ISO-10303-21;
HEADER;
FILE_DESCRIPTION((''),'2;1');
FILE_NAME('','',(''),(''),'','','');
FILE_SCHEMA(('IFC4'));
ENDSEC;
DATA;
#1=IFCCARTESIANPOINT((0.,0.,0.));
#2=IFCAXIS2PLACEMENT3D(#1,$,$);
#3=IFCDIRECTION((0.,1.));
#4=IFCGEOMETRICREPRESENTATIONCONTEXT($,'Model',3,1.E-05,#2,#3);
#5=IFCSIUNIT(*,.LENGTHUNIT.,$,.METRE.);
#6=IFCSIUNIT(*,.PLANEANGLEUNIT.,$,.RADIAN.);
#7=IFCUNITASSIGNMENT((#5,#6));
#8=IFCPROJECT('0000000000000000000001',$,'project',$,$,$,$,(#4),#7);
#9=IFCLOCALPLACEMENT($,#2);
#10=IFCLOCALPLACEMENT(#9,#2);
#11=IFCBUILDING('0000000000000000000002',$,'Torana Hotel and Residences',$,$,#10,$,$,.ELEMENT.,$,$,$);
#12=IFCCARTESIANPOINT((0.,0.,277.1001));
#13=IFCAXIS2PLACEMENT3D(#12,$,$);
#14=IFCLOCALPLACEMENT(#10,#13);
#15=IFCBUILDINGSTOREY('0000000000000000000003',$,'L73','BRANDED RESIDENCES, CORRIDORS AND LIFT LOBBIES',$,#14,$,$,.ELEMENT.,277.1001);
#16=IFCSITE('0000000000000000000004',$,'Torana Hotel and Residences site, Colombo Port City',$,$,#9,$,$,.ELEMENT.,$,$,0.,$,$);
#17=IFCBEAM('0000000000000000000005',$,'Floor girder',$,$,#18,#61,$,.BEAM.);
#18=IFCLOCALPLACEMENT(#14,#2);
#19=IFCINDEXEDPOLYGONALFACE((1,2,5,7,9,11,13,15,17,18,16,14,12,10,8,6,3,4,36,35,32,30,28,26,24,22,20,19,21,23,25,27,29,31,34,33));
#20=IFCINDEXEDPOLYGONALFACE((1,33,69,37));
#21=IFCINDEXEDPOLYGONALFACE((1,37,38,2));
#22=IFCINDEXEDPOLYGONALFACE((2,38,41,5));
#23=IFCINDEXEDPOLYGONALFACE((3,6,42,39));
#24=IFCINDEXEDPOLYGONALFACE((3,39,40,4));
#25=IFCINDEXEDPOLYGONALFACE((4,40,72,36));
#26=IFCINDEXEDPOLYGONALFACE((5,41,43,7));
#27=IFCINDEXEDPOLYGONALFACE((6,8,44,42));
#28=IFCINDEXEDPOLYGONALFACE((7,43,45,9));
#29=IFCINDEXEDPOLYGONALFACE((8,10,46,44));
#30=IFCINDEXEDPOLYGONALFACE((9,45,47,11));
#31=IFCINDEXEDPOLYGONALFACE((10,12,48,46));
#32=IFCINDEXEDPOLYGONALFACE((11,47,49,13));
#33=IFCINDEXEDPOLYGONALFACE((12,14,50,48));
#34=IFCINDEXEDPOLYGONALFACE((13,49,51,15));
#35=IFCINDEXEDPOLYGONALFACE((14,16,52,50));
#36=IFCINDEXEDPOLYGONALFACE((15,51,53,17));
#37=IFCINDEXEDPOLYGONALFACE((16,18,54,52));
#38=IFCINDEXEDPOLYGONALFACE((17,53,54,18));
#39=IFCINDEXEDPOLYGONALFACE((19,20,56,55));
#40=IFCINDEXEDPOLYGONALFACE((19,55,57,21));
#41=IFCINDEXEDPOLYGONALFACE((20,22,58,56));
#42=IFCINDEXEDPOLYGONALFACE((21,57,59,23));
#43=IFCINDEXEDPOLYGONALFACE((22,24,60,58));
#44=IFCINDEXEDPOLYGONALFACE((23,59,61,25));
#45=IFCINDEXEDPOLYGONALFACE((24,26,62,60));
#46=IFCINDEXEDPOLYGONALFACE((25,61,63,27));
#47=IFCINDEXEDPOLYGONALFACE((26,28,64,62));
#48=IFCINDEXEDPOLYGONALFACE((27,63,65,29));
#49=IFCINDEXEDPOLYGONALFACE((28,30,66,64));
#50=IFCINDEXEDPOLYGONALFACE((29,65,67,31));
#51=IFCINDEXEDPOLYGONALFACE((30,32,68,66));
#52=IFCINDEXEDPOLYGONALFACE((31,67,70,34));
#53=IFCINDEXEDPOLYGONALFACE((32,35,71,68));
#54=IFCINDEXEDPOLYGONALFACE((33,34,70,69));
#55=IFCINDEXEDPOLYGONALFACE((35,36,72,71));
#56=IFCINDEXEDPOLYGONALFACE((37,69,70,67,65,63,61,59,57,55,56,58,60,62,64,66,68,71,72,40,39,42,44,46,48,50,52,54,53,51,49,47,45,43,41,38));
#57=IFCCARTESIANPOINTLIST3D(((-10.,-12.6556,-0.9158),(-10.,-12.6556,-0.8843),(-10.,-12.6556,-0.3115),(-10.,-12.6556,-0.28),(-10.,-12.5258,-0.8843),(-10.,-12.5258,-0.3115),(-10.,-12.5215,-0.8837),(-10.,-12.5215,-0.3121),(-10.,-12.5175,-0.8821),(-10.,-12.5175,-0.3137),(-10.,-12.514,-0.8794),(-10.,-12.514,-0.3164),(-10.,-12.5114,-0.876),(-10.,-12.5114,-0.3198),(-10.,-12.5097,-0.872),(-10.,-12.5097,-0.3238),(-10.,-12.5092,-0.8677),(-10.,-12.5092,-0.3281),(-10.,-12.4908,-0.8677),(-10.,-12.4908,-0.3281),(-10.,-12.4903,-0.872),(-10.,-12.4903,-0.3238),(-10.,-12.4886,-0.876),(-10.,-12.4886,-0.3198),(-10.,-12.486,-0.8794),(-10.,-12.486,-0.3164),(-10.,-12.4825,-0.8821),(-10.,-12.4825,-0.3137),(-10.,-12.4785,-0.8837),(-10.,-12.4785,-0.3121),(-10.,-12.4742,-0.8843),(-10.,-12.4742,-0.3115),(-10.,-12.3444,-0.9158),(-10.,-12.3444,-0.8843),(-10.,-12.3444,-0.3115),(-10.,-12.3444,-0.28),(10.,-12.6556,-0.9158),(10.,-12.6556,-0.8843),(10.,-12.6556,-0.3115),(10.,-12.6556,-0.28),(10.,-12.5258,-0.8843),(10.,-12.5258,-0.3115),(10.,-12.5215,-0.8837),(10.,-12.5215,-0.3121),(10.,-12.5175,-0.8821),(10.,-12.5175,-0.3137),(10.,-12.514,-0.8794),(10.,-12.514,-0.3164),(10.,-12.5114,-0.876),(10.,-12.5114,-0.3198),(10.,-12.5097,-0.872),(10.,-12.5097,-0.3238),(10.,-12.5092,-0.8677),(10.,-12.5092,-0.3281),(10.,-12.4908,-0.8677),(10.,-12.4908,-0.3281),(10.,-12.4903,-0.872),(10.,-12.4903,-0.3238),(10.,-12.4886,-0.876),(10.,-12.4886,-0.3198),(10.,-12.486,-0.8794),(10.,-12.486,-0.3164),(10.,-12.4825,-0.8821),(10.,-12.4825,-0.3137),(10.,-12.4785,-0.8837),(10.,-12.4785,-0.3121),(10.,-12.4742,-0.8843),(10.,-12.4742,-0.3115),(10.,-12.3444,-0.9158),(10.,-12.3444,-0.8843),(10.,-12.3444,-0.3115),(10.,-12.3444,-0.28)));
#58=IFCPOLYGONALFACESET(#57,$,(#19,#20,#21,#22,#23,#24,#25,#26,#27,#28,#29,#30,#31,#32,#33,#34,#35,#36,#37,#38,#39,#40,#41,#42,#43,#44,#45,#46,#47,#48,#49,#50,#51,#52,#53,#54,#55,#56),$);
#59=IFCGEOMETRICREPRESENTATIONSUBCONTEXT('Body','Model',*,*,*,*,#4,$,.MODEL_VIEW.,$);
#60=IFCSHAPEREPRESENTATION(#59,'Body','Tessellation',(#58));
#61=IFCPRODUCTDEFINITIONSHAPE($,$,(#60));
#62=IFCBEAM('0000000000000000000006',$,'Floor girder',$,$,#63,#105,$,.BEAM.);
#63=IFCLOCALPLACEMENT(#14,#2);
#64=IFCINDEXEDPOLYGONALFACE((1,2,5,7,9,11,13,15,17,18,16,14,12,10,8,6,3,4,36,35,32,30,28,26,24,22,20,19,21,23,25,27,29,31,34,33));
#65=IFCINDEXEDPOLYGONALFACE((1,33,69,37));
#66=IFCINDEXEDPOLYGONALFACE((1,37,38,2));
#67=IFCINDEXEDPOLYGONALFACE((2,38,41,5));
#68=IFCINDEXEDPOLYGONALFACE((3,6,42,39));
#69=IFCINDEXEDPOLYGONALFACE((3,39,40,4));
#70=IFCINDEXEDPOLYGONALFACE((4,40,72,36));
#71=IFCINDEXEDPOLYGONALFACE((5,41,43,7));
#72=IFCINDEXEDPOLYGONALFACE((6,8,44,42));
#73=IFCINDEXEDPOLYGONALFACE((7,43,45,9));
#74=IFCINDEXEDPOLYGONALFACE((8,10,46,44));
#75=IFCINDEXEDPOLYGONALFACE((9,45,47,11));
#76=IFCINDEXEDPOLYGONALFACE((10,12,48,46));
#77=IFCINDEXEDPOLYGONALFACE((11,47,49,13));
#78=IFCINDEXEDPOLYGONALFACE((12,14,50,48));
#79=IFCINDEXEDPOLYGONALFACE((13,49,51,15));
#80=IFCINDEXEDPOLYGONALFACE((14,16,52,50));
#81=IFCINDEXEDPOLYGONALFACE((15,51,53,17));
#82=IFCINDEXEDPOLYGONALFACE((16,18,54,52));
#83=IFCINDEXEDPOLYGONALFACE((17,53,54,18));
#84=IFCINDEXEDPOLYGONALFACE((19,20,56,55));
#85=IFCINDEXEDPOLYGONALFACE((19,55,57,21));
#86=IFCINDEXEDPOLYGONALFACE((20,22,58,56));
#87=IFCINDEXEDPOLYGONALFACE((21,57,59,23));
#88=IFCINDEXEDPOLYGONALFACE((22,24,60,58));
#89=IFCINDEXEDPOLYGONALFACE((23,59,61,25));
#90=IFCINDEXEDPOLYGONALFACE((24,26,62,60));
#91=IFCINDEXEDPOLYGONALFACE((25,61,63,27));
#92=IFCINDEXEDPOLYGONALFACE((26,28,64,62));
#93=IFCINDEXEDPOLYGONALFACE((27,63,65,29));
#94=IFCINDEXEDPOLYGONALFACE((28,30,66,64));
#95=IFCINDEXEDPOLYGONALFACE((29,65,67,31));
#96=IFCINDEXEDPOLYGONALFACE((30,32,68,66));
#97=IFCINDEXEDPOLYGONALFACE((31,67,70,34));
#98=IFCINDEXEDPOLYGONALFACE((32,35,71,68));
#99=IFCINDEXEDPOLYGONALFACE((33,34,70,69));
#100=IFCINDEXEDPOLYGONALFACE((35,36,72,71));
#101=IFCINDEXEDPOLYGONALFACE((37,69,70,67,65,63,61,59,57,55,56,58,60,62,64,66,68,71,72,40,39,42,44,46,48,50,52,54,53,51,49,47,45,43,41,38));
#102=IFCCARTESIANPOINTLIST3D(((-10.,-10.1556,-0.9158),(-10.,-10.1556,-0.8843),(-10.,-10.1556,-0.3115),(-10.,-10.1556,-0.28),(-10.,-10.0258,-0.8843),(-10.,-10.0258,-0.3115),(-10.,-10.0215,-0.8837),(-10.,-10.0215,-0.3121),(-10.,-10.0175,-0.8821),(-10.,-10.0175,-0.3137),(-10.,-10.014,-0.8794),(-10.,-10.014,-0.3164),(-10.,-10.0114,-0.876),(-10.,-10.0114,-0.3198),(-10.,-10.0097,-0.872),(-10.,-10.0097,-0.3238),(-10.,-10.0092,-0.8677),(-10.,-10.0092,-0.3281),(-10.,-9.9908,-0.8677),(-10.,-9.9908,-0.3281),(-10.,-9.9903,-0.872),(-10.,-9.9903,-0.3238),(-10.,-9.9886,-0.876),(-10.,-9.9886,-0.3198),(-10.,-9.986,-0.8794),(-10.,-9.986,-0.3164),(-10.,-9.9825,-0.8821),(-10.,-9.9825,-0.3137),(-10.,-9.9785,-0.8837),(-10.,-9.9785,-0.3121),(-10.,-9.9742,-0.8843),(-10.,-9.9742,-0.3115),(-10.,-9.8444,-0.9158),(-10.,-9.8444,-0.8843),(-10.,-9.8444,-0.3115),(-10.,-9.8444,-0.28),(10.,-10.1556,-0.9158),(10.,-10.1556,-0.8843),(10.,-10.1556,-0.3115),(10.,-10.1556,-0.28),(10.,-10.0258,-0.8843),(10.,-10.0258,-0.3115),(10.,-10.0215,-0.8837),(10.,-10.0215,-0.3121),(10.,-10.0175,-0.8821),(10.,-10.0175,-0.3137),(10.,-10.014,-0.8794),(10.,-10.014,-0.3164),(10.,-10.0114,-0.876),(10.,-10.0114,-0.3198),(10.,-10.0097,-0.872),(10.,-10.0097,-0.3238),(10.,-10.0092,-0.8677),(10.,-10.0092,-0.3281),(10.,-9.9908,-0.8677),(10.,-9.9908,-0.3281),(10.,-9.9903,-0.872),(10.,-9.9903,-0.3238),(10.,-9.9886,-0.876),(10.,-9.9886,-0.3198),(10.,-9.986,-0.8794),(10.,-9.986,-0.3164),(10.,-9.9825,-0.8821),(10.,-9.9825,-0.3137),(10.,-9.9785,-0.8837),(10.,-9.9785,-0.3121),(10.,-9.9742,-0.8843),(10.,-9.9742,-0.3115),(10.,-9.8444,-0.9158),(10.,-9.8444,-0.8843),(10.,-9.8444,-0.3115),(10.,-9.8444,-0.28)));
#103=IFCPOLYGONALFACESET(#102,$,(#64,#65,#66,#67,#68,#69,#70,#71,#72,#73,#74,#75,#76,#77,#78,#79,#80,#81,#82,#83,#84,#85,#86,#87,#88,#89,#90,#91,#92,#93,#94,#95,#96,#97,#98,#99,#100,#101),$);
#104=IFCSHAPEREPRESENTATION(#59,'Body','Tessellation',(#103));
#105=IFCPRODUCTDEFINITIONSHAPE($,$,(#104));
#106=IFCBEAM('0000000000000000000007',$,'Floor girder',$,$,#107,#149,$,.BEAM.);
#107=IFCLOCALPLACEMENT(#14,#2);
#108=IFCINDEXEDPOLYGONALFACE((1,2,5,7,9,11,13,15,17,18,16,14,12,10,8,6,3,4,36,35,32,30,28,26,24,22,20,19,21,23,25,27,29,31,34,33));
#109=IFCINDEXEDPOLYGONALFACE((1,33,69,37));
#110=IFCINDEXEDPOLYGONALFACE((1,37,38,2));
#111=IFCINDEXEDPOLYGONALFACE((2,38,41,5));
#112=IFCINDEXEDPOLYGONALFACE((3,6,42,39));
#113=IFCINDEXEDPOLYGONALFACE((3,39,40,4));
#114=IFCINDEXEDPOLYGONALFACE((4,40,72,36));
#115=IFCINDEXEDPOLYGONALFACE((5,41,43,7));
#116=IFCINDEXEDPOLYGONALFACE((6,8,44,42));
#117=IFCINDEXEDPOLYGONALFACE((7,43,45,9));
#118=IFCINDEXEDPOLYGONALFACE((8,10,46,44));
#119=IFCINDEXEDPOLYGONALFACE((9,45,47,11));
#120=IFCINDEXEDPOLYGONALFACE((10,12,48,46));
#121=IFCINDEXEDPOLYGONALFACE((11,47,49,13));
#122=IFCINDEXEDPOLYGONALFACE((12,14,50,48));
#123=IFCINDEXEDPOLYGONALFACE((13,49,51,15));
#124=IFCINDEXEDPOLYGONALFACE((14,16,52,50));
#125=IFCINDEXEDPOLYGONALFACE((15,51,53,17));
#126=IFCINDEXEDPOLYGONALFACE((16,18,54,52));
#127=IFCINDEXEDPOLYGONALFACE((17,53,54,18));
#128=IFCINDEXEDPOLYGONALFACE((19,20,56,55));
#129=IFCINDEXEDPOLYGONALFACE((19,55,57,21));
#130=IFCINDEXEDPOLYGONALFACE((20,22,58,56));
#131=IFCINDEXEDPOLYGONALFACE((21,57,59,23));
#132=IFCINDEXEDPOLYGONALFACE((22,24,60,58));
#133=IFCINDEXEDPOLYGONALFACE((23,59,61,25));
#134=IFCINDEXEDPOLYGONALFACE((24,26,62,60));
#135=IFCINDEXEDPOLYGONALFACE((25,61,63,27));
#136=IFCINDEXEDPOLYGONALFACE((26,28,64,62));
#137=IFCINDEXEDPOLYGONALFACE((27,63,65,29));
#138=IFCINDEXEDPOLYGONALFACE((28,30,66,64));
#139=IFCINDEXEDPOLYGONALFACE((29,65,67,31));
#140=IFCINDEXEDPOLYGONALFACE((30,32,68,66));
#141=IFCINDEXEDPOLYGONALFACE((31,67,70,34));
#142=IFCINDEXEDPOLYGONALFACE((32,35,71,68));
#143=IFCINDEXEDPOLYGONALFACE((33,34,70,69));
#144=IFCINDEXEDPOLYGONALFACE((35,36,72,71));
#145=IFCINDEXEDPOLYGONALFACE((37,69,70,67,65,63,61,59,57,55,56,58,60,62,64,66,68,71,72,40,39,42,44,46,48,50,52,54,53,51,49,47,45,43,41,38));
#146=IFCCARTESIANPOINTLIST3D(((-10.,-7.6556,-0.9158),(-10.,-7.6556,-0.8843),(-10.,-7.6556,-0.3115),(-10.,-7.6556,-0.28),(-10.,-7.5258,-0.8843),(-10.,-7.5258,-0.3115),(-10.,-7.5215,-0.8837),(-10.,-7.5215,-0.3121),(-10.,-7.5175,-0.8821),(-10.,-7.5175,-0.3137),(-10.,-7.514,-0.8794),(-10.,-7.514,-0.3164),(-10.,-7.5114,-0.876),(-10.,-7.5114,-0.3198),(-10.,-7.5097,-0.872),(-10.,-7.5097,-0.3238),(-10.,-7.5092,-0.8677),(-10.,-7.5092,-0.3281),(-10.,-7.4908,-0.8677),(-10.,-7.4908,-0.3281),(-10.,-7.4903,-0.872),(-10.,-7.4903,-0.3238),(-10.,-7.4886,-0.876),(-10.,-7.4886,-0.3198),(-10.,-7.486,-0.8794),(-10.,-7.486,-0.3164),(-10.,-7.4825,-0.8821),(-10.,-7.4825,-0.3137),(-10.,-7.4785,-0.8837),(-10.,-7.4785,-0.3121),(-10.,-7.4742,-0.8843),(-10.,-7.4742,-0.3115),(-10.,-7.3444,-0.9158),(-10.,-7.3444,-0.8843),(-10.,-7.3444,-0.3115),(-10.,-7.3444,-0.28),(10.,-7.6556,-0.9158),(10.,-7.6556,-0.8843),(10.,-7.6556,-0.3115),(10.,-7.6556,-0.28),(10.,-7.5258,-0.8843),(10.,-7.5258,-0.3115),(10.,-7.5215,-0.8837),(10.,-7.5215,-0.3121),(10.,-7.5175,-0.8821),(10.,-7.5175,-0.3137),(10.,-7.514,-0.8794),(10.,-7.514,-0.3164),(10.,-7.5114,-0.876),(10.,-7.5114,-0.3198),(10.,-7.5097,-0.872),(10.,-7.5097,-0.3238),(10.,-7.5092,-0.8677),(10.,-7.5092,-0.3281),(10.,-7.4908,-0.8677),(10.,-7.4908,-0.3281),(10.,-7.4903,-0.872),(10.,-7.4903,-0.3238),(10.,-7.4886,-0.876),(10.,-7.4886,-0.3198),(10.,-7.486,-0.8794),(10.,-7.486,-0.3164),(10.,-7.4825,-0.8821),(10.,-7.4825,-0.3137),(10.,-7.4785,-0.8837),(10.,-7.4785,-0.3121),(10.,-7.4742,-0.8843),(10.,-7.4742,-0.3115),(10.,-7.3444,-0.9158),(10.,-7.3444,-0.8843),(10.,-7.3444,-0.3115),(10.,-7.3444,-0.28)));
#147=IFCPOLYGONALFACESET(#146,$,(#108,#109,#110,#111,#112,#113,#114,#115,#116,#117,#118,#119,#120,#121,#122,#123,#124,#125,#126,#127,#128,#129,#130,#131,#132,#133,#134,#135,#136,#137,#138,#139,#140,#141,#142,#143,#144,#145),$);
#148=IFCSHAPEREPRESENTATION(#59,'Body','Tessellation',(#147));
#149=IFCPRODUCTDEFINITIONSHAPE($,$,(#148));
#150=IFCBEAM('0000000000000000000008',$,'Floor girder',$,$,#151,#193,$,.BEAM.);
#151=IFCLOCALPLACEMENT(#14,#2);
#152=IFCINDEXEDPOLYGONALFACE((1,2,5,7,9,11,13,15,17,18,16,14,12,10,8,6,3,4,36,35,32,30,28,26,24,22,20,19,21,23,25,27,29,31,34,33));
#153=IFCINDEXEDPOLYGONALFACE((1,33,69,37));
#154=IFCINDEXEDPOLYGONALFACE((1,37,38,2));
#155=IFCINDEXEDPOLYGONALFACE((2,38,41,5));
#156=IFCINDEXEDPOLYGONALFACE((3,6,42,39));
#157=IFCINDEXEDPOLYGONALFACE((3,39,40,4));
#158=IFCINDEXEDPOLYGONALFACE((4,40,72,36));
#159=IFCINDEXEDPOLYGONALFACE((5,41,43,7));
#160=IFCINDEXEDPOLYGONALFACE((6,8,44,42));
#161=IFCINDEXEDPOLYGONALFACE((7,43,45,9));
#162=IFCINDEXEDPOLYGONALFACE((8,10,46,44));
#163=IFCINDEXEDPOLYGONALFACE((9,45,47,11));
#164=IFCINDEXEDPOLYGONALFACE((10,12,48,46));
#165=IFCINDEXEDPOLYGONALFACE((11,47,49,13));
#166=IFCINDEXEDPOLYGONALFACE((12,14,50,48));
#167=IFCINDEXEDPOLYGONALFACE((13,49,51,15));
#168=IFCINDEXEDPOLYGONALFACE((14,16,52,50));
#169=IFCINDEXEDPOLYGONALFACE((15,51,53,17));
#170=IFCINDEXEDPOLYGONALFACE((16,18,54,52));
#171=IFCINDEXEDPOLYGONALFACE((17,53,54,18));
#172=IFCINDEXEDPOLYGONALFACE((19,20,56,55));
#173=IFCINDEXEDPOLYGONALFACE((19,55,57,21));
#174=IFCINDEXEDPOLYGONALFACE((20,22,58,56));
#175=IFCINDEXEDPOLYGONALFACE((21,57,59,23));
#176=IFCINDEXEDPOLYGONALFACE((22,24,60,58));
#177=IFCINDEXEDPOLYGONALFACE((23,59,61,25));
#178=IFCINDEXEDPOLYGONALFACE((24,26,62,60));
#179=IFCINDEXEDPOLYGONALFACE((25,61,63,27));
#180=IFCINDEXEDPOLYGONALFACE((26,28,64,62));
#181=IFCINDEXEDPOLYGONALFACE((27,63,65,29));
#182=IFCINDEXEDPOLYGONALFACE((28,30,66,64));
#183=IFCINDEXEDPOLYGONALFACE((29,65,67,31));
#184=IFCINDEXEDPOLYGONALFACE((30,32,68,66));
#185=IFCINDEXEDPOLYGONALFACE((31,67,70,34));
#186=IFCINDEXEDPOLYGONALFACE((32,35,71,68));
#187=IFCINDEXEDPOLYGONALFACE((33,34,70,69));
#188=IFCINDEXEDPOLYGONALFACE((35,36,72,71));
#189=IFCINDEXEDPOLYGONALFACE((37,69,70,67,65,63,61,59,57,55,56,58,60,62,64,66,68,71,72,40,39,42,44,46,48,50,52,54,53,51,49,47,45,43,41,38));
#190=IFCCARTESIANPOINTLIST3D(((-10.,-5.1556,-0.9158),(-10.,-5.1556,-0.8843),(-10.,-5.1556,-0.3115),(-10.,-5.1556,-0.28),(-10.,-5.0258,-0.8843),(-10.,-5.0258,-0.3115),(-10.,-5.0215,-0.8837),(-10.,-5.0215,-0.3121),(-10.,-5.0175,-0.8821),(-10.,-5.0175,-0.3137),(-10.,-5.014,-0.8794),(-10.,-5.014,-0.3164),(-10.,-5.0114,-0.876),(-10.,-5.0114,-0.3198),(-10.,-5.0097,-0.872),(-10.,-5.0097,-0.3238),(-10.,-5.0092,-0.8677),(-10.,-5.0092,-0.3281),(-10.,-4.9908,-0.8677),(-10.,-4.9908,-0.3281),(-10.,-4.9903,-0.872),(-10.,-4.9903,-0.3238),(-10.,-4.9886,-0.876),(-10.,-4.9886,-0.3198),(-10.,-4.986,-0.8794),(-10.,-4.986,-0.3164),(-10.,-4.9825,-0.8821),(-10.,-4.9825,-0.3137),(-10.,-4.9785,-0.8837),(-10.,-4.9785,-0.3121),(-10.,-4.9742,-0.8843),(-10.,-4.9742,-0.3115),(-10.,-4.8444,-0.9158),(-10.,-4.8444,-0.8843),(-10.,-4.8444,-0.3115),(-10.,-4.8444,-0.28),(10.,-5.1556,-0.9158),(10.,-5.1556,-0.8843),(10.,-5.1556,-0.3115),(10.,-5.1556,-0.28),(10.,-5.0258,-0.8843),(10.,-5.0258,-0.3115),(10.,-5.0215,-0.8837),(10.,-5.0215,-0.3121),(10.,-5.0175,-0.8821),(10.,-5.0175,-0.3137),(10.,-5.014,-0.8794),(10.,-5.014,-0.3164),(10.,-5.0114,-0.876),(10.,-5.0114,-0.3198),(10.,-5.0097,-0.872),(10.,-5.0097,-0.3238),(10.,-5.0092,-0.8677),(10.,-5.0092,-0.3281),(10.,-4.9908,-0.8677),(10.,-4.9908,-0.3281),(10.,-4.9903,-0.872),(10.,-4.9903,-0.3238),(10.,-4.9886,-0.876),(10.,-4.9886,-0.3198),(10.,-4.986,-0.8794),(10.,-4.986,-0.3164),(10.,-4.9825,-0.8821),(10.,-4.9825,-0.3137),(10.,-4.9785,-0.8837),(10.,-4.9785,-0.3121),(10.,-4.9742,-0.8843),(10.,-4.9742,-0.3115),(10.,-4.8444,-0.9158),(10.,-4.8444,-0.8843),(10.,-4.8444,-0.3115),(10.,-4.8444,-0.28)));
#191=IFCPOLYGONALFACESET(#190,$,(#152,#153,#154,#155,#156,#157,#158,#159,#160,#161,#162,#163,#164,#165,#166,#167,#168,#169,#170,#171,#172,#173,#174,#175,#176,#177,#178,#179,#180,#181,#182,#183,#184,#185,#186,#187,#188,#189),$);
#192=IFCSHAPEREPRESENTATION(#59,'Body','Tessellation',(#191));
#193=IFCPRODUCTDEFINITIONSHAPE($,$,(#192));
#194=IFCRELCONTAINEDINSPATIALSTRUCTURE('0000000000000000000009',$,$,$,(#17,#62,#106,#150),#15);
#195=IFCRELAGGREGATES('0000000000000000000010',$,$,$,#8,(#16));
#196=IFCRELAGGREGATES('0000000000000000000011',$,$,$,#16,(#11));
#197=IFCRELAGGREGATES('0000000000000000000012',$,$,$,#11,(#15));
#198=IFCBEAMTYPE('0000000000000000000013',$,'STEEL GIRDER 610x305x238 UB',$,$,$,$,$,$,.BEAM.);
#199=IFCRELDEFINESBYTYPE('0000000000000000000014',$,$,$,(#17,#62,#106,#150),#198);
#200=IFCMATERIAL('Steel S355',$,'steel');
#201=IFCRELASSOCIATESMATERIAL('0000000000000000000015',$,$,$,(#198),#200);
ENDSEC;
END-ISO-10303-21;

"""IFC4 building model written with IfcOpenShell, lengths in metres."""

from ifc_helpers import new_model, si_unit, direction, frame, origin, origin_2d, place, context, subcontext, project, spatial, i_section, extrude, material, material_profile, profile_set, type_object, element, save


model = new_model("IFC4")

# Units and contexts
model_context = context("Model", 3, precision=1e-05, world=origin(), true_north=direction((0.0, 1.0)))
body_context = subcontext(model_context, "Body", "Model", "MODEL_VIEW")
ifc_project = project(units=[si_unit("LENGTHUNIT", "METRE"), si_unit("PLANEANGLEUNIT", "RADIAN")], contexts=[model_context])

# Site, building, storey
site_placement = place(None, origin())
site = spatial("IfcSite", under=ifc_project, at=site_placement, Name="Torana Hotel and Residences site, Colombo Port City", CompositionType="ELEMENT", RefElevation=0.0)
building_placement = place(site_placement, origin())
building = spatial("IfcBuilding", under=site, at=building_placement, Name="Torana Hotel and Residences", CompositionType="ELEMENT")
storey_placement = place(building_placement, frame((0.0, 0.0, 277.1001)))
storey = spatial("IfcBuildingStorey", under=building, at=storey_placement, Name="L73", Description="BRANDED RESIDENCES, CORRIDORS AND LIFT LOBBIES", CompositionType="ELEMENT", Elevation=277.1001)

# Beams
ifc_material_1 = material(Name="Steel S355", Category="steel")
ifc_material_profile = material_profile(ifc_material_1, i_section(OverallWidth=0.3113, OverallDepth=0.6357, WebThickness=0.0183, FlangeThickness=0.0315, FilletRadius=0.0166, at=origin_2d()), Name="610x305x238 UB")
ifc_profile_set = profile_set([ifc_material_profile], Name="Steel S355")
beam_type = type_object("IfcBeamType", Name="STEEL GIRDER 610x305x238 UB", PredefinedType="BEAM", material=ifc_profile_set)
for number, where, z_axis, x_axis, name in (
    (1, (-10.0, -12.5, -0.5979), (1.0, 0.0, 0.0), (0.0, 1.0, 0.0), "Floor girder"),
    (2, (-10.0, -10.0, -0.5979), (1.0, 0.0, 0.0), (0.0, 1.0, 0.0), "Floor girder"),
    (3, (-10.0, -7.5, -0.5979), (1.0, 0.0, 0.0), (0.0, 1.0, 0.0), "Floor girder"),
    (4, (-10.0, -5.0, -0.5979), (1.0, 0.0, 0.0), (0.0, 1.0, 0.0), "Floor girder"),
):
    element("IfcBeam", number, at=place(storey_placement, frame(where, z_axis=z_axis, x_axis=x_axis)), inside=storey, type_object=beam_type, Name=name, PredefinedType="BEAM", context=body_context, shape_type="SweptSolid", body=[
        extrude(i_section(OverallWidth=0.3113, OverallDepth=0.6357, WebThickness=0.0183, FlangeThickness=0.0315, FilletRadius=0.0166, at=origin_2d()), origin(), (0.0, 0.0, 1.0), 20.0),
    ])

save(model, "model.ifc")
